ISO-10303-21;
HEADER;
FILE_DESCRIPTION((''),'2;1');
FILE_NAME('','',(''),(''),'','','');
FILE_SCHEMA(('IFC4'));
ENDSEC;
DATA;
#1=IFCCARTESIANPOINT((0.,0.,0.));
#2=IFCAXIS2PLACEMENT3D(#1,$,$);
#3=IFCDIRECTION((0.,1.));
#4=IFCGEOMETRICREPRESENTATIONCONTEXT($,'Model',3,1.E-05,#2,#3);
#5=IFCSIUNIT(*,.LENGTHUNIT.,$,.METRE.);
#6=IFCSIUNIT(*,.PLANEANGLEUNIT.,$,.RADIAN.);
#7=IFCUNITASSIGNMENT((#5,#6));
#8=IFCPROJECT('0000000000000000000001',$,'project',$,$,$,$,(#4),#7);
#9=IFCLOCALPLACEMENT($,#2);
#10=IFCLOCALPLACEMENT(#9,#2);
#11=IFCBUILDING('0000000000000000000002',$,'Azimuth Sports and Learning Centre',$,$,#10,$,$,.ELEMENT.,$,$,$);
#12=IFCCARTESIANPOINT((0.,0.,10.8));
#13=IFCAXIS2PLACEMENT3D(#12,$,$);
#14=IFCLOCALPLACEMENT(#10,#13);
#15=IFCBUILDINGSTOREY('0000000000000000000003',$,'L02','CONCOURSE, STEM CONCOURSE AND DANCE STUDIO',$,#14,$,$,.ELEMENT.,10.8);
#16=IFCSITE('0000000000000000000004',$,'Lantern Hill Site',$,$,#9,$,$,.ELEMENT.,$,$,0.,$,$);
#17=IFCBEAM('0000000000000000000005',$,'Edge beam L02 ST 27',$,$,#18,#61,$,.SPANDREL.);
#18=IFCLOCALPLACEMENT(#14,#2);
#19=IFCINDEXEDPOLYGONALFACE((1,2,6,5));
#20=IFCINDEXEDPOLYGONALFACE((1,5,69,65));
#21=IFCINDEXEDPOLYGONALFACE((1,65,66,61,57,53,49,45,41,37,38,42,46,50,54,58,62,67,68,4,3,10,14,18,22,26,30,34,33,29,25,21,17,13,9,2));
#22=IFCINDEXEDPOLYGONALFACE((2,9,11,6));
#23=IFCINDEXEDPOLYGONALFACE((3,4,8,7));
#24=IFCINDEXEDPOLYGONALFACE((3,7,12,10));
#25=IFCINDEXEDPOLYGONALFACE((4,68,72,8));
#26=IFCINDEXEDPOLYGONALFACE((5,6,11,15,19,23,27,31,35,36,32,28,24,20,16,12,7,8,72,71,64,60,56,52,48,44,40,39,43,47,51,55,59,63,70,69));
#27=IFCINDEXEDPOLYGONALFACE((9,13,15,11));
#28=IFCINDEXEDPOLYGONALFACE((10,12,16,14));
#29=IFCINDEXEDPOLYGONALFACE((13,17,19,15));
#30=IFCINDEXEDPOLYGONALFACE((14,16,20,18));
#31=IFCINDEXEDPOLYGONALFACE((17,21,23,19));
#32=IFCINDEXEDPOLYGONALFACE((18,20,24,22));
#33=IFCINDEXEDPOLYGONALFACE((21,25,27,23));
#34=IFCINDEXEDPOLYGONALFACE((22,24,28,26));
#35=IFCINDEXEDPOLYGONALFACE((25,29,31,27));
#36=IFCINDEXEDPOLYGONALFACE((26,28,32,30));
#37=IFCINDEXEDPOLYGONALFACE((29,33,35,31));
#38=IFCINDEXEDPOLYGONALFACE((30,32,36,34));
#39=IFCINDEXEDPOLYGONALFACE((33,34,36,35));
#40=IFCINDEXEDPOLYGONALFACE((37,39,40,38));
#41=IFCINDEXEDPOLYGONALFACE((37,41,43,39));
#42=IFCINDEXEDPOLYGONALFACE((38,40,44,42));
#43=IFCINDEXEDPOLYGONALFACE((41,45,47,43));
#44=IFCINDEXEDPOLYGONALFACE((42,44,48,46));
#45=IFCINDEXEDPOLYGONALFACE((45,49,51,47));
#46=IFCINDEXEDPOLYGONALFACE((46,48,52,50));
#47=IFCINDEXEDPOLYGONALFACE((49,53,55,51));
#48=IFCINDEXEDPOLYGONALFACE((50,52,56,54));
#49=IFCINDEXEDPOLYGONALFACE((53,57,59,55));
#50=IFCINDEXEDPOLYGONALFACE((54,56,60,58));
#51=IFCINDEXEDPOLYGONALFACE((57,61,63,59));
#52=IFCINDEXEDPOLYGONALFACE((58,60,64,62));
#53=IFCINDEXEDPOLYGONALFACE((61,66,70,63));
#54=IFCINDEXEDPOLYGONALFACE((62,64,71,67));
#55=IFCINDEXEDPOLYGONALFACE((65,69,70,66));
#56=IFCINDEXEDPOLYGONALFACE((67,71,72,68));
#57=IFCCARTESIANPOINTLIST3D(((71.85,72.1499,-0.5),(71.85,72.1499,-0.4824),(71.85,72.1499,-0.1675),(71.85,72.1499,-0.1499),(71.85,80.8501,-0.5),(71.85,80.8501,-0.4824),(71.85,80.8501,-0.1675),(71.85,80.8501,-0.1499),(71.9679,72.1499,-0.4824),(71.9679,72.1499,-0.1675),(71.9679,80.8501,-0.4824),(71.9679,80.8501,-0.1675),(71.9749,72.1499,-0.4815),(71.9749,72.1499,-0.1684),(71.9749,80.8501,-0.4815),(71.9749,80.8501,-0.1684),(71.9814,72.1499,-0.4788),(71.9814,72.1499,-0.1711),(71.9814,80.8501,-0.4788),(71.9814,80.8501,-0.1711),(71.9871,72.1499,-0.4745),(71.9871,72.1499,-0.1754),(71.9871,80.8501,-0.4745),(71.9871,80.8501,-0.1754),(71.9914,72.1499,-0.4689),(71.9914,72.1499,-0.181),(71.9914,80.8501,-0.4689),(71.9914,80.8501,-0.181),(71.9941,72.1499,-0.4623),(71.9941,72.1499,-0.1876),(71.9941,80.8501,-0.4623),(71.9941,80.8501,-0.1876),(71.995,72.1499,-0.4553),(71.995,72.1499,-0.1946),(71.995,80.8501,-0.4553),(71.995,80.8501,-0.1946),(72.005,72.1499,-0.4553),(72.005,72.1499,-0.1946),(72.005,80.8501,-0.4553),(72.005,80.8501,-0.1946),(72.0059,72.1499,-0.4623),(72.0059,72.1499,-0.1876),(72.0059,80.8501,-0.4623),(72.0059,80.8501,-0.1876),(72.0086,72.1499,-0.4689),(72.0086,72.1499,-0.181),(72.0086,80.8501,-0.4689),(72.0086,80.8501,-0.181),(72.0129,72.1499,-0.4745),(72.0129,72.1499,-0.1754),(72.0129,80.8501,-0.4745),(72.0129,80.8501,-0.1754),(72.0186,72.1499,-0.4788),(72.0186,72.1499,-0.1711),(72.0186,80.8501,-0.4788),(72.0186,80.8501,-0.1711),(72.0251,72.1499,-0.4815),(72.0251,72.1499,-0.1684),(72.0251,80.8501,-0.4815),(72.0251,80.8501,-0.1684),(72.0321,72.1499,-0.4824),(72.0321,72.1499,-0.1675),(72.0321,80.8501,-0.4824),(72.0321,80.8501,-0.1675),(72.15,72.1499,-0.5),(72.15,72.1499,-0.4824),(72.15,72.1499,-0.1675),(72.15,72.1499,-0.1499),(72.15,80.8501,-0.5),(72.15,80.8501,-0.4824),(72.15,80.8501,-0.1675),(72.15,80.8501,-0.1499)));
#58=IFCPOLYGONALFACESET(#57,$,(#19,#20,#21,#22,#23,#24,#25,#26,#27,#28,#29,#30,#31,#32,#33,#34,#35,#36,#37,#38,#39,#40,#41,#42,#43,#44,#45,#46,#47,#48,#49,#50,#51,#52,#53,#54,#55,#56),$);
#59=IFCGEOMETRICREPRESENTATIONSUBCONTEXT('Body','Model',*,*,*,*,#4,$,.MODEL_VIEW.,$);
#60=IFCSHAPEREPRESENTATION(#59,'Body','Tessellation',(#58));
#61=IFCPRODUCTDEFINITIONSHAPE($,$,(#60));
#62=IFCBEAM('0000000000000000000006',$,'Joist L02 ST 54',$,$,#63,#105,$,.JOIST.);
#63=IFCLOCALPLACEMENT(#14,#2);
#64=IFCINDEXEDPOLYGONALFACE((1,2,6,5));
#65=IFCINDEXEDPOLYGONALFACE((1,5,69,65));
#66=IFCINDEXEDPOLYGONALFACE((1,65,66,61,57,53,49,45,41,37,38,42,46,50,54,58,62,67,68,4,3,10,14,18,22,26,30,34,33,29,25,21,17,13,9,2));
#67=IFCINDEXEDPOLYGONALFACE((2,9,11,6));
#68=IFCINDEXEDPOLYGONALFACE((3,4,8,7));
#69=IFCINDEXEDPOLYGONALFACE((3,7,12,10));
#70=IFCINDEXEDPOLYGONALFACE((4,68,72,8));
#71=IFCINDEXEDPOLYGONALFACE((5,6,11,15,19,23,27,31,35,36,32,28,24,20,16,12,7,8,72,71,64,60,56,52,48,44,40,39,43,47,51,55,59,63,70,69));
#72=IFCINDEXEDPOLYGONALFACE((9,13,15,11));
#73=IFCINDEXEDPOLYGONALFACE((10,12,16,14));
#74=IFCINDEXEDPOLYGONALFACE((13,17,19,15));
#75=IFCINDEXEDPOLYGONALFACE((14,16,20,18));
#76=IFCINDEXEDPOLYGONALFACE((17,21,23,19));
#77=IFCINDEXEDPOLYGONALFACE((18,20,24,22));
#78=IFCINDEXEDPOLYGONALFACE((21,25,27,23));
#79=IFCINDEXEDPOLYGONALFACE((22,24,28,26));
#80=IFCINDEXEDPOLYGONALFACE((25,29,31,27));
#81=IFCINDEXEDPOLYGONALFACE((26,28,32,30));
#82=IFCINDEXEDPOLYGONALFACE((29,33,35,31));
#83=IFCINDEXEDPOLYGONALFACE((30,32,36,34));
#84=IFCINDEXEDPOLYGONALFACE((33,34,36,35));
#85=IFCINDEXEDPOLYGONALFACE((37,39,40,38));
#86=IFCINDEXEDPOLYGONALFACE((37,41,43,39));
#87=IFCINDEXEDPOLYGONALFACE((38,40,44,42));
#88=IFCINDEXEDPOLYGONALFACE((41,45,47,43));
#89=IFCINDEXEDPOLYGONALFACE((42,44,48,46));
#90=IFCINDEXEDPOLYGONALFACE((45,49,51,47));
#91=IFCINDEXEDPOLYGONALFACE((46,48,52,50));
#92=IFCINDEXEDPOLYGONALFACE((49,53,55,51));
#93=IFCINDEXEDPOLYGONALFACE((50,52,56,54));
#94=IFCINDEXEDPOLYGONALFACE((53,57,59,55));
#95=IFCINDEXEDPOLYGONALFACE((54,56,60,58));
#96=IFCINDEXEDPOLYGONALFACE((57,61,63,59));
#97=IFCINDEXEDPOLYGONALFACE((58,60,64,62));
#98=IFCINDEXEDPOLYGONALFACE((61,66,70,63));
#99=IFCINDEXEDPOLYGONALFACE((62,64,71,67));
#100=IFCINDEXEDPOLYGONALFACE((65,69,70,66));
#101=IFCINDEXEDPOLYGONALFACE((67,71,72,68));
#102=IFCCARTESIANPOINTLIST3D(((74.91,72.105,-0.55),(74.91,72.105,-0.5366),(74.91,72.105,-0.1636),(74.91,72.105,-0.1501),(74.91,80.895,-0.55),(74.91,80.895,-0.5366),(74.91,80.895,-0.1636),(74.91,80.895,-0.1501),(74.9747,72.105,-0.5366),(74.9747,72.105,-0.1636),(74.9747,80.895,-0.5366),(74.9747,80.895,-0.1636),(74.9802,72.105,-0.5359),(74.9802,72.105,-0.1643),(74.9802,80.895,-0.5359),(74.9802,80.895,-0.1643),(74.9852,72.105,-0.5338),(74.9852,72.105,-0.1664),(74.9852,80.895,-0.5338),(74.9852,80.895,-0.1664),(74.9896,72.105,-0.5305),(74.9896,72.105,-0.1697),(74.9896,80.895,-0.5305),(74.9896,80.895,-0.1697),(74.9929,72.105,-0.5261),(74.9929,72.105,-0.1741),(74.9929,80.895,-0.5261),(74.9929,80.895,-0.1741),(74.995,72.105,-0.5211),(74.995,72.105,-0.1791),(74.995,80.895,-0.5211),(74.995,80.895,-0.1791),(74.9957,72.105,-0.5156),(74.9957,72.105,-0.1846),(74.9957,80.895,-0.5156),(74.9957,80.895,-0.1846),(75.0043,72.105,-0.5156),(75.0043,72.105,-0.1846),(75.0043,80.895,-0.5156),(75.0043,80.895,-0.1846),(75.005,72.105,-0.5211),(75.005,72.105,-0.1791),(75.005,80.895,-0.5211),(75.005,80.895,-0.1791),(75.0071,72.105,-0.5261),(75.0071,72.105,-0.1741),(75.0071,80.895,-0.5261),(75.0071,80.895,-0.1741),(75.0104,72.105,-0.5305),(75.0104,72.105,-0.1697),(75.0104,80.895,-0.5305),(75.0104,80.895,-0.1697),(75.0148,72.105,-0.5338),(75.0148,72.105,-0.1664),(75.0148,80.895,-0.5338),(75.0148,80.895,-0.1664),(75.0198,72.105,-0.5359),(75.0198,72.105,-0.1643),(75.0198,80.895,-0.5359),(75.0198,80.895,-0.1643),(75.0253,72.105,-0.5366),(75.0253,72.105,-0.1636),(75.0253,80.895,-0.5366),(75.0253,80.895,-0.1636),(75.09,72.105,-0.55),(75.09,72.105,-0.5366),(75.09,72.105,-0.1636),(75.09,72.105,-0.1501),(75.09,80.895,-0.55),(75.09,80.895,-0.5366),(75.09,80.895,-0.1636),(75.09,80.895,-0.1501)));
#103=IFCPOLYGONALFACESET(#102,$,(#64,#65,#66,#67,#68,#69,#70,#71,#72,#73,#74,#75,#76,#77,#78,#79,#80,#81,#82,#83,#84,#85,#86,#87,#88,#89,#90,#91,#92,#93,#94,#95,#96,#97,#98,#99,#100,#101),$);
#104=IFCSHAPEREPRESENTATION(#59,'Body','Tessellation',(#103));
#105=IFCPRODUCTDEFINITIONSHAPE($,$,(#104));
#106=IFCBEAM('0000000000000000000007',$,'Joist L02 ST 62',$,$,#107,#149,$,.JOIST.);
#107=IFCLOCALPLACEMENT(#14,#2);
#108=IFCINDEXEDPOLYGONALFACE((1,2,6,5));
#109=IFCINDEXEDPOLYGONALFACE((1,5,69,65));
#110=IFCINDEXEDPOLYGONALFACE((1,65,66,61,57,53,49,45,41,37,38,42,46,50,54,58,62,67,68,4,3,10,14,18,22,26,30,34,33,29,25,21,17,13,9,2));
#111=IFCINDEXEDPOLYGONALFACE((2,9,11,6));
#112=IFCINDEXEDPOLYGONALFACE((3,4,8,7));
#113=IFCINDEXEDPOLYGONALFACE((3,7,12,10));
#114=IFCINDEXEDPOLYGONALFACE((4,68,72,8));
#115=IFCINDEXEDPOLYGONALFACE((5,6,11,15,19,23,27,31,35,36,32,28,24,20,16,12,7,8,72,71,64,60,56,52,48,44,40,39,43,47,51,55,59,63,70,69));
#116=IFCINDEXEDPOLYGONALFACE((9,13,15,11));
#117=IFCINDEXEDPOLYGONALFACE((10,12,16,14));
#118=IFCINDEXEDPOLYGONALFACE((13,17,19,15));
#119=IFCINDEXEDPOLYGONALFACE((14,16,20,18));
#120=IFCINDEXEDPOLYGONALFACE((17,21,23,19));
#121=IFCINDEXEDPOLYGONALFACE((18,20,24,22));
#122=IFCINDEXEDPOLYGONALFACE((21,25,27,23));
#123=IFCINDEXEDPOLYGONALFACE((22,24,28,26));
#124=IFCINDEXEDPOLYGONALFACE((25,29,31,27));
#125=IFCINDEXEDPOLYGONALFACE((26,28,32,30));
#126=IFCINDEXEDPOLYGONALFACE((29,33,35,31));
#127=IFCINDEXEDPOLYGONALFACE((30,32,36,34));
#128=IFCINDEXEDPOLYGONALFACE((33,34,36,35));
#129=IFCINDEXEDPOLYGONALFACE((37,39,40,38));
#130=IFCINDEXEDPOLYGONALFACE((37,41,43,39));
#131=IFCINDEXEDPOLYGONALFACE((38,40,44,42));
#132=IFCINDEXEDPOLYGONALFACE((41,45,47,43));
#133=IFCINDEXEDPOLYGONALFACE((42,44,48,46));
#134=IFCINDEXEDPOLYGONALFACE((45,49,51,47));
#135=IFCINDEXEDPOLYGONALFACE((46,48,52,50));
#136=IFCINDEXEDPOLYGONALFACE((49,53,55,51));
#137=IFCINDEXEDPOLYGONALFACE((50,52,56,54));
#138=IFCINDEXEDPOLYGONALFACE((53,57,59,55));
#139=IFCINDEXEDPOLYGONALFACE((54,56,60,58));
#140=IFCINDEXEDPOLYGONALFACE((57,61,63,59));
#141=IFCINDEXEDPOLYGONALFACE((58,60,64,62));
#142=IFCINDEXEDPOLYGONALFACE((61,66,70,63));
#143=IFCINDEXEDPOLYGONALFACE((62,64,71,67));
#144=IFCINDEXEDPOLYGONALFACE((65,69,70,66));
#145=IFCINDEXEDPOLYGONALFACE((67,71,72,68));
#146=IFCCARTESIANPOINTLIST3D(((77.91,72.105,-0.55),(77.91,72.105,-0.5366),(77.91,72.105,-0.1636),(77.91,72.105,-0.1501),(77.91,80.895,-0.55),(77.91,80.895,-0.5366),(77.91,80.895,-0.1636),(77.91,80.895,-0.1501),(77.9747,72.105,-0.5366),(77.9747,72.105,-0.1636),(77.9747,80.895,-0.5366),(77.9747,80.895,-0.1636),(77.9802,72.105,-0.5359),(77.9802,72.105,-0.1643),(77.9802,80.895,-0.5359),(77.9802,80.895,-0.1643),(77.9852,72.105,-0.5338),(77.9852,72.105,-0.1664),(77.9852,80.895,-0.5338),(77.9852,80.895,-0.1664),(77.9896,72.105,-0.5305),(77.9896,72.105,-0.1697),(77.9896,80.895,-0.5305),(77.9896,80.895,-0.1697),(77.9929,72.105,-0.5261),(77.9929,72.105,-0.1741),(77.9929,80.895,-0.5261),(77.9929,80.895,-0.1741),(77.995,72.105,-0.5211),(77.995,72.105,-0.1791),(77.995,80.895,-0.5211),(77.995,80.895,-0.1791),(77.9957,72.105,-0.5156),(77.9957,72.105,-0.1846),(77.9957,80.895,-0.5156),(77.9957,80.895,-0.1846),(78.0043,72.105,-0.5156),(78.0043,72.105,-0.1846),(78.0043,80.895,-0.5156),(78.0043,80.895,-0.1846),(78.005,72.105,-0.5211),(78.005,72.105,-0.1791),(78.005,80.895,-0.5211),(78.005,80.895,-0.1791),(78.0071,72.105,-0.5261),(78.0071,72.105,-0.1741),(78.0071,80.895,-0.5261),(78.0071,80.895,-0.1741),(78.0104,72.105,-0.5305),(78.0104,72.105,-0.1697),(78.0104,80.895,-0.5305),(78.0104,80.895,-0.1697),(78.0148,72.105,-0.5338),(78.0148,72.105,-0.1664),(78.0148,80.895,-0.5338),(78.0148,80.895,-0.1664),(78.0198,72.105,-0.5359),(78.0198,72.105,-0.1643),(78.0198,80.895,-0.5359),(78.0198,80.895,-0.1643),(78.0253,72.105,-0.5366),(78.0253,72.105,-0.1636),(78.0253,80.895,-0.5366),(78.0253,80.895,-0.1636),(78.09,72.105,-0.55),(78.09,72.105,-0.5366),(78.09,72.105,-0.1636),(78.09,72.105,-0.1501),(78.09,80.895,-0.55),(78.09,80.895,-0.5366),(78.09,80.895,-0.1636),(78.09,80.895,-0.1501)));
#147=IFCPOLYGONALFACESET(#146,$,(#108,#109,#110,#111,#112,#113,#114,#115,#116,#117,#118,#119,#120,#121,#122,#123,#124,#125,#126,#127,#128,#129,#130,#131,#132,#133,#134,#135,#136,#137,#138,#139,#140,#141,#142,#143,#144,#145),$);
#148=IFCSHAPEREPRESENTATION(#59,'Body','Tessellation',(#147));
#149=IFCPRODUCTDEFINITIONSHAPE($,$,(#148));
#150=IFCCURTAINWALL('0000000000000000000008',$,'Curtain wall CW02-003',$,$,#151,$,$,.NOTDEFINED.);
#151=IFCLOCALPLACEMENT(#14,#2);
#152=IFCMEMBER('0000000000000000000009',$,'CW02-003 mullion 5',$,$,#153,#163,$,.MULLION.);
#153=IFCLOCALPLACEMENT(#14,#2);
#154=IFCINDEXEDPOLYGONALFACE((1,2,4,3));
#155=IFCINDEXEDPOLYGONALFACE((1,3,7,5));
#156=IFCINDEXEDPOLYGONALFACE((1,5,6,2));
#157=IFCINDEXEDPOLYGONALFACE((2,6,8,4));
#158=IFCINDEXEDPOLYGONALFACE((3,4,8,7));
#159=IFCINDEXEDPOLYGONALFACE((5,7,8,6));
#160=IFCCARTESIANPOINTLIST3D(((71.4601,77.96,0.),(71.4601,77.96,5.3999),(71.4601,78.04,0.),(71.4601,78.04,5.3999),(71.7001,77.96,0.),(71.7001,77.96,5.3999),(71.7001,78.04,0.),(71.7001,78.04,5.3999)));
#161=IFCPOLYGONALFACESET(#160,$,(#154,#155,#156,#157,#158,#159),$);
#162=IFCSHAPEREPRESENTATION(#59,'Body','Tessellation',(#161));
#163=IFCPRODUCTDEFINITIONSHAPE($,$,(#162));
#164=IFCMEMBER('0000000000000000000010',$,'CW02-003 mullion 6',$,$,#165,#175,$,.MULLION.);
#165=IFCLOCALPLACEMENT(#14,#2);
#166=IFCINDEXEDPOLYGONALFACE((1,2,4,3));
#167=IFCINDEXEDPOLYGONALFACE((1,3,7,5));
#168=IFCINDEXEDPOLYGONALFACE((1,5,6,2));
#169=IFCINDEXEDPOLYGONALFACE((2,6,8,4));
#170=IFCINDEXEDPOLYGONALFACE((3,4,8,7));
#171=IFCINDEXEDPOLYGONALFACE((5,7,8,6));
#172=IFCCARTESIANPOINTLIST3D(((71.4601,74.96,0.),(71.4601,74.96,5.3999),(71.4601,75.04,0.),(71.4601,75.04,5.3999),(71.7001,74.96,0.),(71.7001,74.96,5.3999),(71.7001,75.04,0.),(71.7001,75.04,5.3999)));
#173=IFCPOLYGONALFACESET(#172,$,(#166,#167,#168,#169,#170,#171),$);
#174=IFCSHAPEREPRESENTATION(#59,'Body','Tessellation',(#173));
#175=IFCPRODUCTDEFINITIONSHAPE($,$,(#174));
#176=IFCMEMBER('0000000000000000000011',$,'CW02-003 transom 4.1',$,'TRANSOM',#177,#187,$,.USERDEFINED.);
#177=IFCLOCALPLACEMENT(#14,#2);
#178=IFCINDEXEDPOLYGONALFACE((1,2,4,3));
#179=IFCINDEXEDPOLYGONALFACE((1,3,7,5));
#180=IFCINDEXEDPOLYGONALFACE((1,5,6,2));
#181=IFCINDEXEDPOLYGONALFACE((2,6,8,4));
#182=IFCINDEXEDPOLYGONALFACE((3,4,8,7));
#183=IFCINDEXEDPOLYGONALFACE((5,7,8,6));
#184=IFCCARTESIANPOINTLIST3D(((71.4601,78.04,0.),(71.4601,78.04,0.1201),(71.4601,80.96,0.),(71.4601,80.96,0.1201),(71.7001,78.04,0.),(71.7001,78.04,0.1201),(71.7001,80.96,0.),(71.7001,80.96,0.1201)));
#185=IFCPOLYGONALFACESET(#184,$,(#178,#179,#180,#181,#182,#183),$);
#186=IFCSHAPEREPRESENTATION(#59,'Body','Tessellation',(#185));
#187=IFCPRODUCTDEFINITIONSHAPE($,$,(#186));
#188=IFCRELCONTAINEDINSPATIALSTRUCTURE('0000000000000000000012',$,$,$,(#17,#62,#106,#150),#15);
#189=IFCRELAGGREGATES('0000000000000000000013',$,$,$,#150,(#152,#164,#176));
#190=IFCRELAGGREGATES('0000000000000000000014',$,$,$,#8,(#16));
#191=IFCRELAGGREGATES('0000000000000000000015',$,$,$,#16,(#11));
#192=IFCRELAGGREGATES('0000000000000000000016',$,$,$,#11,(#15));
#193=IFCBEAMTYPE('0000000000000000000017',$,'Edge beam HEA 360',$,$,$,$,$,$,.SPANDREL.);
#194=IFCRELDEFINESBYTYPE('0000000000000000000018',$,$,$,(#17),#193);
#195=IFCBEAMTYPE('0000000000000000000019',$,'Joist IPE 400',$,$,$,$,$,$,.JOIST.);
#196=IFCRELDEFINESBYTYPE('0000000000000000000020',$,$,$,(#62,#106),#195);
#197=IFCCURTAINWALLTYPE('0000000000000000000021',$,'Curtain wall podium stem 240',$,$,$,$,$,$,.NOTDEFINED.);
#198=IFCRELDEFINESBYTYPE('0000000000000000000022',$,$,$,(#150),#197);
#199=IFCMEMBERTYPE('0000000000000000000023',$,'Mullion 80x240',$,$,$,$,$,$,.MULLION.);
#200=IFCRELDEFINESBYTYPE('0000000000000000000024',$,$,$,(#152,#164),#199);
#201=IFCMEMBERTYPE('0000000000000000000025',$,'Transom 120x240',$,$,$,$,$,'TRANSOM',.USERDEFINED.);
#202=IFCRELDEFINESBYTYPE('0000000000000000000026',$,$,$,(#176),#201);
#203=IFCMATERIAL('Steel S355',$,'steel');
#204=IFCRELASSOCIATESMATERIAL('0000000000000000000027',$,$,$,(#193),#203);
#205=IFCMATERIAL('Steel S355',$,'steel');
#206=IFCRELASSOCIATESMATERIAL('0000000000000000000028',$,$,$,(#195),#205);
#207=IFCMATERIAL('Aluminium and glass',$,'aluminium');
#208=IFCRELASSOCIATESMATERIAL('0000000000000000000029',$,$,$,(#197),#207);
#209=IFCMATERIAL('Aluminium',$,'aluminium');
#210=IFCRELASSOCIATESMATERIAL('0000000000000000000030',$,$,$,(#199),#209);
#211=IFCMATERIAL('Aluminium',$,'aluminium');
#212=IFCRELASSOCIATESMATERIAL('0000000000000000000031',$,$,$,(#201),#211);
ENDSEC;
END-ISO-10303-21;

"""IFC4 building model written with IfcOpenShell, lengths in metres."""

from ifc_helpers import new_model, si_unit, direction, frame, origin, origin_2d, place, context, subcontext, project, spatial, rectangle, i_section, extrude, material, material_profile, profile_set, type_object, element, aggregate, save


model = new_model("IFC4")

# Units and contexts
model_context = context("Model", 3, precision=1e-05, world=origin(), true_north=direction((0.0, 1.0)))
body_context = subcontext(model_context, "Body", "Model", "MODEL_VIEW")
ifc_project = project(units=[si_unit("LENGTHUNIT", "METRE"), si_unit("PLANEANGLEUNIT", "RADIAN")], contexts=[model_context])

# Site, building, storey
site_placement = place(None, origin())
site = spatial("IfcSite", under=ifc_project, at=site_placement, Name="Lantern Hill Site", CompositionType="ELEMENT", RefElevation=0.0)
building_placement = place(site_placement, origin())
building = spatial("IfcBuilding", under=site, at=building_placement, Name="Azimuth Sports and Learning Centre", CompositionType="ELEMENT")
storey_placement = place(building_placement, frame((0.0, 0.0, 10.8)))
storey = spatial("IfcBuildingStorey", under=building, at=storey_placement, Name="L02", Description="CONCOURSE, STEM CONCOURSE AND DANCE STUDIO", CompositionType="ELEMENT", Elevation=10.8)

# Beams
ifc_material_1 = material(Name="Steel S355", Category="steel")
ifc_material_profile_1 = material_profile(ifc_material_1, i_section(OverallWidth=0.3, OverallDepth=0.3501, WebThickness=0.01, FlangeThickness=0.0176, FilletRadius=0.0271, at=origin_2d()), Name="HEA 360")
ifc_profile_set_1 = profile_set([ifc_material_profile_1], Name="Steel S355")
beam_type_1 = type_object("IfcBeamType", Name="Edge beam HEA 360", PredefinedType="SPANDREL", material=ifc_profile_set_1)
beam_placement = place(storey_placement, frame((72.0, 72.1499, -0.325), z_axis=(0.0, 1.0, 0.0), x_axis=(-1.0, 0.0, 0.0)))
element("IfcBeam", 1, at=beam_placement, inside=storey, type_object=beam_type_1, Name="Edge beam L02 ST 27", PredefinedType="SPANDREL", context=body_context, shape_type="SweptSolid", body=[
    extrude(i_section(OverallWidth=0.3, OverallDepth=0.3501, WebThickness=0.01, FlangeThickness=0.0176, FilletRadius=0.0271, at=origin_2d()), origin(), (0.0, 0.0, 1.0), 8.7002),
])
ifc_material_2 = material(Name="Steel S355", Category="steel")
ifc_material_profile_2 = material_profile(ifc_material_2, i_section(OverallWidth=0.1799, OverallDepth=0.3999, WebThickness=0.0085, FlangeThickness=0.0134, FilletRadius=0.021, at=origin_2d()), Name="IPE 400")
ifc_profile_set_2 = profile_set([ifc_material_profile_2], Name="Steel S355")
beam_type_2 = type_object("IfcBeamType", Name="Joist IPE 400", PredefinedType="JOIST", material=ifc_profile_set_2)
for number, where, z_axis, x_axis, name in (
    (2, (75.0, 72.105, -0.3501), (0.0, 1.0, 0.0), (-1.0, 0.0, 0.0), "Joist L02 ST 54"),
    (3, (78.0, 72.105, -0.3501), (0.0, 1.0, 0.0), (-1.0, 0.0, 0.0), "Joist L02 ST 62"),
):
    element("IfcBeam", number, at=place(storey_placement, frame(where, z_axis=z_axis, x_axis=x_axis)), inside=storey, type_object=beam_type_2, Name=name, PredefinedType="JOIST", context=body_context, shape_type="SweptSolid", body=[
        extrude(i_section(OverallWidth=0.1799, OverallDepth=0.3999, WebThickness=0.0085, FlangeThickness=0.0134, FilletRadius=0.021, at=origin_2d()), origin(), (0.0, 0.0, 1.0), 8.79),
    ])

# Curtain wall, members
ifc_material_3 = material(Name="Aluminium and glass", Category="aluminium")
curtain_wall_type = type_object("IfcCurtainWallType", Name="Curtain wall podium stem 240", PredefinedType="NOTDEFINED", material=ifc_material_3)
curtain_wall_placement = place(storey_placement, origin())
curtain_wall = element("IfcCurtainWall", 4, at=curtain_wall_placement, inside=storey, type_object=curtain_wall_type, Name="Curtain wall CW02-003", PredefinedType="NOTDEFINED")
ifc_material_4 = material(Name="Aluminium", Category="aluminium")
ifc_material_profile_3 = material_profile(ifc_material_4, rectangle(XDim=0.24, YDim=0.0801, at=origin_2d()), Name="Mullion 80x240")
ifc_profile_set_3 = profile_set([ifc_material_profile_3], Name="Aluminium")
member_type_1 = type_object("IfcMemberType", Name="Mullion 80x240", PredefinedType="MULLION", material=ifc_profile_set_3)
member_1_placement = place(storey_placement, frame((71.5801, 78.0, 0.0), z_axis=(0.0, 0.0, 1.0), x_axis=(1.0, 0.0, 0.0)))
member_1 = element("IfcMember", 5, at=member_1_placement, type_object=member_type_1, Name="CW02-003 mullion 5", PredefinedType="MULLION", context=body_context, shape_type="SweptSolid", body=[
    extrude(rectangle(XDim=0.24, YDim=0.0801, at=origin_2d()), origin(), (0.0, 0.0, 1.0), 5.3999),
])
member_2_placement = place(storey_placement, frame((71.5801, 75.0, 0.0), z_axis=(0.0, 0.0, 1.0), x_axis=(1.0, 0.0, 0.0)))
member_2 = element("IfcMember", 6, at=member_2_placement, type_object=member_type_1, Name="CW02-003 mullion 6", PredefinedType="MULLION", context=body_context, shape_type="SweptSolid", body=[
    extrude(rectangle(XDim=0.24, YDim=0.0801, at=origin_2d()), origin(), (0.0, 0.0, 1.0), 5.3999),
])
ifc_material_5 = material(Name="Aluminium", Category="aluminium")
ifc_material_profile_4 = material_profile(ifc_material_5, rectangle(XDim=0.24, YDim=0.1201, at=origin_2d()), Name="Transom 120x240")
ifc_profile_set_4 = profile_set([ifc_material_profile_4], Name="Aluminium")
member_type_2 = type_object("IfcMemberType", Name="Transom 120x240", ElementType="TRANSOM", PredefinedType="USERDEFINED", material=ifc_profile_set_4)
member_3_placement = place(storey_placement, frame((71.5801, 80.96, 0.0601), z_axis=(0.0, -1.0, 0.0), x_axis=(1.0, 0.0, 0.0)))
member_3 = element("IfcMember", 7, at=member_3_placement, type_object=member_type_2, Name="CW02-003 transom 4.1", ObjectType="TRANSOM", PredefinedType="USERDEFINED", context=body_context, shape_type="SweptSolid", body=[
    extrude(rectangle(XDim=0.24, YDim=0.1201, at=origin_2d()), origin(), (0.0, 0.0, 1.0), 2.9199),
])
aggregate(curtain_wall, [member_1, member_2, member_3])

save(model, "model.ifc")
